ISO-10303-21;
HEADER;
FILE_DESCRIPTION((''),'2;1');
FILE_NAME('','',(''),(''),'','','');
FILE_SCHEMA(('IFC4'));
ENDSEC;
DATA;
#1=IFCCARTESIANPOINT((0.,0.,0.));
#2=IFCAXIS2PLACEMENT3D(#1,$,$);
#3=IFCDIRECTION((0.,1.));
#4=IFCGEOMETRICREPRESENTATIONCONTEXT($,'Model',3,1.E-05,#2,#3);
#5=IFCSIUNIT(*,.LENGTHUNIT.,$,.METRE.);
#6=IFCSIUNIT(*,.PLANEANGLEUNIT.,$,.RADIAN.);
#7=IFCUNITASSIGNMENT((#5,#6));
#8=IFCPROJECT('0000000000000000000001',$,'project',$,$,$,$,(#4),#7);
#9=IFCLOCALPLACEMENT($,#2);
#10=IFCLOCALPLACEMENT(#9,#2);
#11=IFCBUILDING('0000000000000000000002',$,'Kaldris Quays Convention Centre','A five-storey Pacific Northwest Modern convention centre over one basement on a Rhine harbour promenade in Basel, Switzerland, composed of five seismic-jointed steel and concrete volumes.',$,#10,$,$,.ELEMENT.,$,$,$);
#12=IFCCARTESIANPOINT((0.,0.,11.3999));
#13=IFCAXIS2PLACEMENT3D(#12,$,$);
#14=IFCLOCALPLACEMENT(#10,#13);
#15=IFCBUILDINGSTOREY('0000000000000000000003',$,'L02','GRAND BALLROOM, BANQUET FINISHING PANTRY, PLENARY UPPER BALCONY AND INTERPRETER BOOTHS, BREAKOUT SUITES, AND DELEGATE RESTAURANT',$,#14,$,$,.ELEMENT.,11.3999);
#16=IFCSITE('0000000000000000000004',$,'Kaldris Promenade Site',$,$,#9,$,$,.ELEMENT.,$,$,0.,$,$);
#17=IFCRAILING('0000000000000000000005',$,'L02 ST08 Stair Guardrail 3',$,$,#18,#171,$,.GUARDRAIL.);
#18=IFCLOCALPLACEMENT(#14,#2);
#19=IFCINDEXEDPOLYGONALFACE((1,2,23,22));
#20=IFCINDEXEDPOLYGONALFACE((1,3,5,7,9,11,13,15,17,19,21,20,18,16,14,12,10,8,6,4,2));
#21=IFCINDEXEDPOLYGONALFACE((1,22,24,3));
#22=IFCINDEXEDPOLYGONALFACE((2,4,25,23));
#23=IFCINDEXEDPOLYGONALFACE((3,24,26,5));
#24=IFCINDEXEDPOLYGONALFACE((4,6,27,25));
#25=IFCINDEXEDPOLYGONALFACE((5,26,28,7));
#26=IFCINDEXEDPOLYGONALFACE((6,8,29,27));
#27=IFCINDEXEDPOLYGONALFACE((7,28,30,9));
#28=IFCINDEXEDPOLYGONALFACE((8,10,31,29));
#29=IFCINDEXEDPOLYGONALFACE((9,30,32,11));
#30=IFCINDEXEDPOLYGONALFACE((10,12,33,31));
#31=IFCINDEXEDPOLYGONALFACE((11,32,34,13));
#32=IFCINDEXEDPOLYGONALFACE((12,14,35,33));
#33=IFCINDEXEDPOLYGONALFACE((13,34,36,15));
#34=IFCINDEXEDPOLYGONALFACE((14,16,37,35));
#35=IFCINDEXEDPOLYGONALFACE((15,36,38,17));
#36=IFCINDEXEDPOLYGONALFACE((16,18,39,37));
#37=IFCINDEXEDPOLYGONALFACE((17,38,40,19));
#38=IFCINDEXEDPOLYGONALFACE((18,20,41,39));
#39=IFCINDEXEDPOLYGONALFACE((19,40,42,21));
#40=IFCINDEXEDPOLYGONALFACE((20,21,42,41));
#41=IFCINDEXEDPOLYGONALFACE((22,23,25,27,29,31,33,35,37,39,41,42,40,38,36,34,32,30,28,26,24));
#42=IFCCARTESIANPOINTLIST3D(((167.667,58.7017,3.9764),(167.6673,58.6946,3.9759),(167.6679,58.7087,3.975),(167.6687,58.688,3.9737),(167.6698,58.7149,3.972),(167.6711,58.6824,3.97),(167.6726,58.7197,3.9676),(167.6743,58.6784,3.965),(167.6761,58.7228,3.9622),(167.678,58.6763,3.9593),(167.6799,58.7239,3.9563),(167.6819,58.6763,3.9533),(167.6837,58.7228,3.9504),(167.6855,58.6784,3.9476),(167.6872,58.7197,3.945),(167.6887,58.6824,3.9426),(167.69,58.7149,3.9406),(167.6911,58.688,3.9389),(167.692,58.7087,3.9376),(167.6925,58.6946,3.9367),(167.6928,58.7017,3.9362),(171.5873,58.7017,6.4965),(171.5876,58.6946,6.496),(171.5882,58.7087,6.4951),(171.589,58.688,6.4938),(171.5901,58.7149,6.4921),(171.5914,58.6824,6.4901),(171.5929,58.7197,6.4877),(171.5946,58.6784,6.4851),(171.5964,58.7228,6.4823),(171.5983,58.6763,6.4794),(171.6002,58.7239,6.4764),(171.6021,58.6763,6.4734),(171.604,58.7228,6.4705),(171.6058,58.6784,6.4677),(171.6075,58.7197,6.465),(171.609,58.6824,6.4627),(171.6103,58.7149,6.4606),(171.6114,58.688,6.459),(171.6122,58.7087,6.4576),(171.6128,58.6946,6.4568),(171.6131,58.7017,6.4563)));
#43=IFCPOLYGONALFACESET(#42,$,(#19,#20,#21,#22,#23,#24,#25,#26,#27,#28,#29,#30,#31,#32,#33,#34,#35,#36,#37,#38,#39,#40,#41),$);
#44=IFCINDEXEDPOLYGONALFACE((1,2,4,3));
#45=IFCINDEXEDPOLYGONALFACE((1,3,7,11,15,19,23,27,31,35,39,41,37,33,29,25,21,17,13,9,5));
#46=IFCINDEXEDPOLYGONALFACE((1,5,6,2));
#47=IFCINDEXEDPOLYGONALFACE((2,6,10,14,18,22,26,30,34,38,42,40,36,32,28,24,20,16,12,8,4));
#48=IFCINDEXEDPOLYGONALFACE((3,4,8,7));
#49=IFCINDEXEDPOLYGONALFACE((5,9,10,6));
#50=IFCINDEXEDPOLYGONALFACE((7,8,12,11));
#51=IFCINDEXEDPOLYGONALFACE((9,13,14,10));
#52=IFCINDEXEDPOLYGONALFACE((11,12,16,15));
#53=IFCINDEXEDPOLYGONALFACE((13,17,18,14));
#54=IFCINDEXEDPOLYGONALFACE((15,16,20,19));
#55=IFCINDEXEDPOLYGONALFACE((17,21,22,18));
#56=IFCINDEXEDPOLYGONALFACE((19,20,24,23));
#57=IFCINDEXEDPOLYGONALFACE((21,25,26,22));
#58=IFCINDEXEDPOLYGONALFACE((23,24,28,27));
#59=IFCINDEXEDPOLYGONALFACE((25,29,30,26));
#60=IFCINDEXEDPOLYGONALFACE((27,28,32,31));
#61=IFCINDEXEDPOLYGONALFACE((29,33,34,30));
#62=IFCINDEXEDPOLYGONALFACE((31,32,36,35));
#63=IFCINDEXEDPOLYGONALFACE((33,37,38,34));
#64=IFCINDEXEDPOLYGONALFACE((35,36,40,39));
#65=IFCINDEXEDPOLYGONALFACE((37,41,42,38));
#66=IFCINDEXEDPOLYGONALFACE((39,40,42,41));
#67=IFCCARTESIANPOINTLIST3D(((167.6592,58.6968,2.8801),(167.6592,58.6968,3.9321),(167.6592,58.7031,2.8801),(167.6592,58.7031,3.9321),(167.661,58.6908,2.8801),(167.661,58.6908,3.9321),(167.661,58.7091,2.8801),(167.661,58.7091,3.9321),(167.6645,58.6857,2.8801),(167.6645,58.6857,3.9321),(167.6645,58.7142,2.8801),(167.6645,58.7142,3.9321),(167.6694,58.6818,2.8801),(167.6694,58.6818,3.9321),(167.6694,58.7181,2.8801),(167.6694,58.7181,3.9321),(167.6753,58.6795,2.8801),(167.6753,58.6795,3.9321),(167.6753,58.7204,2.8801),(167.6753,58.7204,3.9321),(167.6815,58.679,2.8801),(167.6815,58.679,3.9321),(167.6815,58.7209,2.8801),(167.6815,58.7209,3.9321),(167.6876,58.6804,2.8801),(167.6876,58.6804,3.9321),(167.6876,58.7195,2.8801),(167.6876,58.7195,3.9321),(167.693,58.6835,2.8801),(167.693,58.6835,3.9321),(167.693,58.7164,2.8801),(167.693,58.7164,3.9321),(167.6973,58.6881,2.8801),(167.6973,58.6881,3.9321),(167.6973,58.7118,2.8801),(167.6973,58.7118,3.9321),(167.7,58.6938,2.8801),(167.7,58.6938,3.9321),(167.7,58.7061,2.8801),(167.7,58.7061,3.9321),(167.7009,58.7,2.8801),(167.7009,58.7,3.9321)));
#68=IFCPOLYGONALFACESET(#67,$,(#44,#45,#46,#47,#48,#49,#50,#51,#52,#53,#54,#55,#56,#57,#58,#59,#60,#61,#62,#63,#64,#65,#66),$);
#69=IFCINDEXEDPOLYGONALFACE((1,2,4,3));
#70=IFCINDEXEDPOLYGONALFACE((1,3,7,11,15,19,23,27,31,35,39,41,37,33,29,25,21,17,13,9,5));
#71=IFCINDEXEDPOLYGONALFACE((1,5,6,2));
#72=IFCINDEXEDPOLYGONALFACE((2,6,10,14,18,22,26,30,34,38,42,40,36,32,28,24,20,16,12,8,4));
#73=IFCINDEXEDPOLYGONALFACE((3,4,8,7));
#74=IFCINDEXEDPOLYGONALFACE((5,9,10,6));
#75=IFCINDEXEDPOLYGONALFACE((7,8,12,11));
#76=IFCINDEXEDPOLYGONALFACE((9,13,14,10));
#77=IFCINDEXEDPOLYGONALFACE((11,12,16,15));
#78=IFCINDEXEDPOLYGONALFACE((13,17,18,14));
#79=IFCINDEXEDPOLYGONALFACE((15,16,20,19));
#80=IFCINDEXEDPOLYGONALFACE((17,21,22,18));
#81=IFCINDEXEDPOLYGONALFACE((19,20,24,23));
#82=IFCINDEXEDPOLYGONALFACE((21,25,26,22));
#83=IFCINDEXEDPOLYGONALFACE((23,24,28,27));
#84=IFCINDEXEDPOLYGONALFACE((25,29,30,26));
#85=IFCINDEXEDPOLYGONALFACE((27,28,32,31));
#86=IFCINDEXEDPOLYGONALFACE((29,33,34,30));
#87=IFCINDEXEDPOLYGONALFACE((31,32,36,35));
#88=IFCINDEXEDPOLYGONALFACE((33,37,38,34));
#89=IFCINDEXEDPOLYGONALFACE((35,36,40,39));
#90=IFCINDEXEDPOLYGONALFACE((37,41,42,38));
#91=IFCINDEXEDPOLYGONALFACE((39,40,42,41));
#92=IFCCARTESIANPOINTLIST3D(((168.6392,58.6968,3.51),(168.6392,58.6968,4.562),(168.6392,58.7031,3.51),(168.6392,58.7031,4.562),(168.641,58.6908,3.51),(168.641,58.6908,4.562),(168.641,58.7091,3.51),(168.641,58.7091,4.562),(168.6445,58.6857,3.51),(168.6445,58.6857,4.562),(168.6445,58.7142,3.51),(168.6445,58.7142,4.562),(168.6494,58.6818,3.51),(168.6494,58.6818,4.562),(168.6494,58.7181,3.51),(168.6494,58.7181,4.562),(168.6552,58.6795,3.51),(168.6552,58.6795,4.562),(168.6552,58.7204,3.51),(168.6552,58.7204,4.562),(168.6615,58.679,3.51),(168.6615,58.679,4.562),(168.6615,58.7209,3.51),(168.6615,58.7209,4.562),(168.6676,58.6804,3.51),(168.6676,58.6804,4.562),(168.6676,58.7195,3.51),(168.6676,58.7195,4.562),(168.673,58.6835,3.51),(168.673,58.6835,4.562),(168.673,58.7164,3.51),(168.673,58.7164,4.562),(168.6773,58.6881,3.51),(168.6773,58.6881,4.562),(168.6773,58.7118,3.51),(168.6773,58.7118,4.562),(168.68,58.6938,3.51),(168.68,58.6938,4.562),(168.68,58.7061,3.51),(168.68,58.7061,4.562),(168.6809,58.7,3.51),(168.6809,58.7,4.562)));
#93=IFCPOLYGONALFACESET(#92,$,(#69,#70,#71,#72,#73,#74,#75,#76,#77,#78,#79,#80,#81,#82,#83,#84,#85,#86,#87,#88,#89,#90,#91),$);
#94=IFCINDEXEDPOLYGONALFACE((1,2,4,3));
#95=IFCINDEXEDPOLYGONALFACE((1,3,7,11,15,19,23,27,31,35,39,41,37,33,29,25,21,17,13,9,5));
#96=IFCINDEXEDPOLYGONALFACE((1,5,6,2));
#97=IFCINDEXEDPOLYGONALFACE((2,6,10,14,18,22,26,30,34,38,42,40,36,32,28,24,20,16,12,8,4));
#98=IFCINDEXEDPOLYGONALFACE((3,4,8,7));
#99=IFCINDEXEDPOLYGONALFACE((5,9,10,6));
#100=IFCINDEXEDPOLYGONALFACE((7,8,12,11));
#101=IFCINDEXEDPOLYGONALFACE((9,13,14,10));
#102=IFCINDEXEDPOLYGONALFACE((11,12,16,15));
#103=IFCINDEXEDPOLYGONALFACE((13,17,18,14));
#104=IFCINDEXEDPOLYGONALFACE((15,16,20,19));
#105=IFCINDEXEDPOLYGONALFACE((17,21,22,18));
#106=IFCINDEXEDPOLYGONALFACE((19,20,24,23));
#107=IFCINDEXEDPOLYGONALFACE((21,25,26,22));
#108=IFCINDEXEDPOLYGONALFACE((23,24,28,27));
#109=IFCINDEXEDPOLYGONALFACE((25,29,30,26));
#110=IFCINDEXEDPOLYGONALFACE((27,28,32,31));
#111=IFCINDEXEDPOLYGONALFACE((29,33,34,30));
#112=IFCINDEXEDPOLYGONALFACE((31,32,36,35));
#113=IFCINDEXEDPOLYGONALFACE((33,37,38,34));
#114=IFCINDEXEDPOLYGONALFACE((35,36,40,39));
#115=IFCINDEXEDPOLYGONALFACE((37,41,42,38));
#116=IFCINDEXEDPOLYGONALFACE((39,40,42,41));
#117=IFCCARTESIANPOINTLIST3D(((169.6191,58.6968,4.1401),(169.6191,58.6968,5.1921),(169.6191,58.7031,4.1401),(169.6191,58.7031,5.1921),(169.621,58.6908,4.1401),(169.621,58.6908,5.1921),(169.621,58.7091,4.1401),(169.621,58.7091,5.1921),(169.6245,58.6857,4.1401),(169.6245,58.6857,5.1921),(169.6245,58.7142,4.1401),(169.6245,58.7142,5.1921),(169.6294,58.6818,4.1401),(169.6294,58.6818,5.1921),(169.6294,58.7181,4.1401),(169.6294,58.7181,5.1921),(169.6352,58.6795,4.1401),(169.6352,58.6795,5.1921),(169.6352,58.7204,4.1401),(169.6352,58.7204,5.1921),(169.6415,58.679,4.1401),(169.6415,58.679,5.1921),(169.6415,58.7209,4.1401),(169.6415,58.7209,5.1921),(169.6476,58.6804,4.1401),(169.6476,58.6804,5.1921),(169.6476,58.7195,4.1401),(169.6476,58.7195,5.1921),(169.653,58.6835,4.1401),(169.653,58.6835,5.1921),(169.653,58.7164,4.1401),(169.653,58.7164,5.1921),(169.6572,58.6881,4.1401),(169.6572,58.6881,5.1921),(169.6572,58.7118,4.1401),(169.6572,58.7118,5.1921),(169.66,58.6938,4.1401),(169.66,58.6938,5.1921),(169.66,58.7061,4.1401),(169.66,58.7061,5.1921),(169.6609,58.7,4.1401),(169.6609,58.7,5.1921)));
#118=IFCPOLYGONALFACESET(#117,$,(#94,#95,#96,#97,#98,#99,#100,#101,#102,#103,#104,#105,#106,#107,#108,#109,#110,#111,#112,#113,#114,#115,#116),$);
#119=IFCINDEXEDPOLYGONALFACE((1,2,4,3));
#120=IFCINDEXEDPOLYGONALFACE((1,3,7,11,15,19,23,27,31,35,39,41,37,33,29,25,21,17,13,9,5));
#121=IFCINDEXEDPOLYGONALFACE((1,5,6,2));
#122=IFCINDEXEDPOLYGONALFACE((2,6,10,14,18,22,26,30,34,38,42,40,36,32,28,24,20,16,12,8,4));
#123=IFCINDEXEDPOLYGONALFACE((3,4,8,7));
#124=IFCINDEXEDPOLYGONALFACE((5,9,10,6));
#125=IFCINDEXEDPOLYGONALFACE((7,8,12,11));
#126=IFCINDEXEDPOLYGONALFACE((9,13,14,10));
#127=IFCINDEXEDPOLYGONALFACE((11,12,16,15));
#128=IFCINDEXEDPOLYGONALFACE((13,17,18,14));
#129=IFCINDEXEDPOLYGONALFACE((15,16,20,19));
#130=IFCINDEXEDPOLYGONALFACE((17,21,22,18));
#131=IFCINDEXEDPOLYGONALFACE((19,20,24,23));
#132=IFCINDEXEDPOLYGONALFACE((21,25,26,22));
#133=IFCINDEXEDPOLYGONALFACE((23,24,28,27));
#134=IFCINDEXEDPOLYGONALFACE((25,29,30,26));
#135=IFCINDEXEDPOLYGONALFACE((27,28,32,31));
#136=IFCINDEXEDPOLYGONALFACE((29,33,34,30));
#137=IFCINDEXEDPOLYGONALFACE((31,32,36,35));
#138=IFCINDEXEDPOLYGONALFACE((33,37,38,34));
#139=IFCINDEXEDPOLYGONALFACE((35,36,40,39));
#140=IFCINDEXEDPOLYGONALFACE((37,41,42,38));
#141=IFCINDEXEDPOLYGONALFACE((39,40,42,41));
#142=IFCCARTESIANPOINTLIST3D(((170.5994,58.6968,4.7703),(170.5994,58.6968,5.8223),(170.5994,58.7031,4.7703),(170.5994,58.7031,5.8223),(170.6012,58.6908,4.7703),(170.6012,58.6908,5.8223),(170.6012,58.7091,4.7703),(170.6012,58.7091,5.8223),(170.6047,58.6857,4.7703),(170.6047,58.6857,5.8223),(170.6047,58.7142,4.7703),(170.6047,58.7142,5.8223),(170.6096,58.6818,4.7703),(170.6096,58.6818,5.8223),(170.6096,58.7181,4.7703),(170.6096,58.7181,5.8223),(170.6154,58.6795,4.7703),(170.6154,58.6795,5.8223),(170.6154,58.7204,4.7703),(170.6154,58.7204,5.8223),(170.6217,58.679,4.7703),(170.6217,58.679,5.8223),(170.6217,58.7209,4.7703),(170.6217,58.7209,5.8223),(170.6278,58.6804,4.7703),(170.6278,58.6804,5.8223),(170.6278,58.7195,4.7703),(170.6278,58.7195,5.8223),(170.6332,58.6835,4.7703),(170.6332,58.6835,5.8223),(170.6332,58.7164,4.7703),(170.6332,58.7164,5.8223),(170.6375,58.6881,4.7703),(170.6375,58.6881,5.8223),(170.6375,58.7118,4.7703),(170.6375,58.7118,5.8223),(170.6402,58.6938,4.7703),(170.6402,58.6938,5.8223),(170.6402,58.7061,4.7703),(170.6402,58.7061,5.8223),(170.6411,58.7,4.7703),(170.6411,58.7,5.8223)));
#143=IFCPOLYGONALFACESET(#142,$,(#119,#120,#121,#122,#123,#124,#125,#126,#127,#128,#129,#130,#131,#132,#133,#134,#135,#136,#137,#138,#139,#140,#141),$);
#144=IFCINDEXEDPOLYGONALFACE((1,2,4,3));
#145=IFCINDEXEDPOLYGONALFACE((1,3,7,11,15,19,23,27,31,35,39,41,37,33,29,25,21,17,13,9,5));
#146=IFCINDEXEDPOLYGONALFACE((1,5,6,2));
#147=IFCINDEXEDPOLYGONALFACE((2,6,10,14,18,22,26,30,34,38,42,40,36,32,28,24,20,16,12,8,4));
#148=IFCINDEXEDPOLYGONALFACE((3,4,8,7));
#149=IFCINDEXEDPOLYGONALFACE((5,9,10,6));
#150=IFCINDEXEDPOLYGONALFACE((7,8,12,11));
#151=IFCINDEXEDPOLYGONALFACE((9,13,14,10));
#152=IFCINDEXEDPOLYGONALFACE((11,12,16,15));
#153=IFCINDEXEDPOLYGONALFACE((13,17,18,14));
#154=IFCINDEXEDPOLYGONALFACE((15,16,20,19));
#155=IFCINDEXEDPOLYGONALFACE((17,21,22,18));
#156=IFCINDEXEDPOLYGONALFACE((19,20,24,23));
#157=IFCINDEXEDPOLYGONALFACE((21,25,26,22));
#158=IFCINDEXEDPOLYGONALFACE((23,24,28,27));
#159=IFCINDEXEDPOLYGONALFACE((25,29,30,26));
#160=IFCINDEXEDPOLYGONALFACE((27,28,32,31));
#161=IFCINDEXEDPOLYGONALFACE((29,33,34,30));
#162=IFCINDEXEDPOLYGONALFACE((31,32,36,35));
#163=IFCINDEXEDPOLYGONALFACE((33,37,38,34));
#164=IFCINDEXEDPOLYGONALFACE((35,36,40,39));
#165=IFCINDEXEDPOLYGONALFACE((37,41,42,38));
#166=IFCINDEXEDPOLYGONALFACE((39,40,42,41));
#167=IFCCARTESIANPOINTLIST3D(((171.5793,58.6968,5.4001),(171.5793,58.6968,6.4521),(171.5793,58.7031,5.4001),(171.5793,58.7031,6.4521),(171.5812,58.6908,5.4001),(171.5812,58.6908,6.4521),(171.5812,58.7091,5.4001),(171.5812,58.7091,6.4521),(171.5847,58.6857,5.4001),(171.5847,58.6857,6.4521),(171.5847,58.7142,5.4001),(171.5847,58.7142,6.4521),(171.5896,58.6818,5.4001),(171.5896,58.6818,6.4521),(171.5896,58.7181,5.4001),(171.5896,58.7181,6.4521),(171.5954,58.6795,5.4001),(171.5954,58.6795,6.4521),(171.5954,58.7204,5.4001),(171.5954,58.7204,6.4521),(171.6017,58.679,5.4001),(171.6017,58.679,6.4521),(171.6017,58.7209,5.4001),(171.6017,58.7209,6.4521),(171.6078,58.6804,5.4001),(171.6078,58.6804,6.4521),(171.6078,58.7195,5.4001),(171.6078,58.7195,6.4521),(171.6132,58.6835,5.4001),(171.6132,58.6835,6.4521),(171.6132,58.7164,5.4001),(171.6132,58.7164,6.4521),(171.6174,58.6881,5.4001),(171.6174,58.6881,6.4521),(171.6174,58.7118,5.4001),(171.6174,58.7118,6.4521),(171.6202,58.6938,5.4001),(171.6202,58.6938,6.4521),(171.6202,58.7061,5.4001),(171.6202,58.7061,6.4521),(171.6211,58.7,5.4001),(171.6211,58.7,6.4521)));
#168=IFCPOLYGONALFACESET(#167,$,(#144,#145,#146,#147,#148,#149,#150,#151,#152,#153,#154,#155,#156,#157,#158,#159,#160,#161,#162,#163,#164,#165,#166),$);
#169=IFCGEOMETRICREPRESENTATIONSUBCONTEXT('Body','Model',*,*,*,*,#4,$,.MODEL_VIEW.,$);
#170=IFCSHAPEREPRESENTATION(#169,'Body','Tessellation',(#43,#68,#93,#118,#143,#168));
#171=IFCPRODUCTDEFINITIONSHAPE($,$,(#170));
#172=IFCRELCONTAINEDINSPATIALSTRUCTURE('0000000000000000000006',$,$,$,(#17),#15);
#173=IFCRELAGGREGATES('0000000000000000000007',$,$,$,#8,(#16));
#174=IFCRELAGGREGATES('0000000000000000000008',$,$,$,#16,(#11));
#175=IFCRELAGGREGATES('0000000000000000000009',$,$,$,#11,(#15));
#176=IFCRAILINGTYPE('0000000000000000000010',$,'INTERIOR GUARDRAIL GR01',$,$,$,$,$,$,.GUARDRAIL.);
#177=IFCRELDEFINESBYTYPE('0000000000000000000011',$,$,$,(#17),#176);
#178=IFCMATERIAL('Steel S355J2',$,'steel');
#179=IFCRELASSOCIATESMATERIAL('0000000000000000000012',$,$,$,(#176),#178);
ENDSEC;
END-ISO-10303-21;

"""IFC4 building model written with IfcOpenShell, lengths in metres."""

from ifc_helpers import new_model, si_unit, direction, frame, origin, origin_2d, place, context, subcontext, project, spatial, circle, extrude, material, type_object, element, save


model = new_model("IFC4")

# Units and contexts
model_context = context("Model", 3, precision=1e-05, world=origin(), true_north=direction((0.0, 1.0)))
body_context = subcontext(model_context, "Body", "Model", "MODEL_VIEW")
ifc_project = project(units=[si_unit("LENGTHUNIT", "METRE"), si_unit("PLANEANGLEUNIT", "RADIAN")], contexts=[model_context])

# Site, building, storey
site_placement = place(None, origin())
site = spatial("IfcSite", under=ifc_project, at=site_placement, Name="Kaldris Promenade Site", CompositionType="ELEMENT", RefElevation=0.0)
building_placement = place(site_placement, origin())
building = spatial("IfcBuilding", under=site, at=building_placement, Name="Kaldris Quays Convention Centre", Description="A five-storey Pacific Northwest Modern convention centre over one basement on a Rhine harbour promenade in Basel, Switzerland, composed of five seismic-jointed steel and concrete volumes.", CompositionType="ELEMENT")
storey_placement = place(building_placement, frame((0.0, 0.0, 11.3999)))
storey = spatial("IfcBuildingStorey", under=building, at=storey_placement, Name="L02", Description="GRAND BALLROOM, BANQUET FINISHING PANTRY, PLENARY UPPER BALCONY AND INTERPRETER BOOTHS, BREAKOUT SUITES, AND DELEGATE RESTAURANT", CompositionType="ELEMENT", Elevation=11.3999)

# Shared definitions
ifc_material_1 = material(Name="Steel S355J2", Category="steel")

# Railing
railing_type_1 = type_object("IfcRailingType", Name="INTERIOR GUARDRAIL GR01", PredefinedType="GUARDRAIL", material=ifc_material_1)
railing_1_placement = place(storey_placement, frame((167.6799, 58.7, 2.8801)))
element("IfcRailing", 1, at=railing_1_placement, inside=storey, type_object=railing_type_1, Name="L02 ST08 Stair Guardrail 3", PredefinedType="GUARDRAIL", context=body_context, shape_type="SweptSolid", body=[
    extrude(circle(Radius=0.0239, at=origin_2d()), frame((0.0, 0.0, 1.0762), z_axis=(0.841187, 0.0, 0.540744), x_axis=(0.0, 1.0, 0.0)), (0.0, 0.0, 1.0), 4.6604),
    extrude(circle(Radius=0.021, at=origin_2d()), origin(), (0.0, 0.0, 1.0), 1.052),
    extrude(circle(Radius=0.021, at=origin_2d()), frame((0.98, 0.0, 0.6299)), (0.0, 0.0, 1.0), 1.052),
    extrude(circle(Radius=0.021, at=origin_2d()), frame((1.96, 0.0, 1.26)), (0.0, 0.0, 1.0), 1.052),
    extrude(circle(Radius=0.021, at=origin_2d()), frame((2.9402, 0.0, 1.8901)), (0.0, 0.0, 1.0), 1.052),
    extrude(circle(Radius=0.021, at=origin_2d()), frame((3.9202, 0.0, 2.52)), (0.0, 0.0, 1.0), 1.052),
])

save(model, "model.ifc")
